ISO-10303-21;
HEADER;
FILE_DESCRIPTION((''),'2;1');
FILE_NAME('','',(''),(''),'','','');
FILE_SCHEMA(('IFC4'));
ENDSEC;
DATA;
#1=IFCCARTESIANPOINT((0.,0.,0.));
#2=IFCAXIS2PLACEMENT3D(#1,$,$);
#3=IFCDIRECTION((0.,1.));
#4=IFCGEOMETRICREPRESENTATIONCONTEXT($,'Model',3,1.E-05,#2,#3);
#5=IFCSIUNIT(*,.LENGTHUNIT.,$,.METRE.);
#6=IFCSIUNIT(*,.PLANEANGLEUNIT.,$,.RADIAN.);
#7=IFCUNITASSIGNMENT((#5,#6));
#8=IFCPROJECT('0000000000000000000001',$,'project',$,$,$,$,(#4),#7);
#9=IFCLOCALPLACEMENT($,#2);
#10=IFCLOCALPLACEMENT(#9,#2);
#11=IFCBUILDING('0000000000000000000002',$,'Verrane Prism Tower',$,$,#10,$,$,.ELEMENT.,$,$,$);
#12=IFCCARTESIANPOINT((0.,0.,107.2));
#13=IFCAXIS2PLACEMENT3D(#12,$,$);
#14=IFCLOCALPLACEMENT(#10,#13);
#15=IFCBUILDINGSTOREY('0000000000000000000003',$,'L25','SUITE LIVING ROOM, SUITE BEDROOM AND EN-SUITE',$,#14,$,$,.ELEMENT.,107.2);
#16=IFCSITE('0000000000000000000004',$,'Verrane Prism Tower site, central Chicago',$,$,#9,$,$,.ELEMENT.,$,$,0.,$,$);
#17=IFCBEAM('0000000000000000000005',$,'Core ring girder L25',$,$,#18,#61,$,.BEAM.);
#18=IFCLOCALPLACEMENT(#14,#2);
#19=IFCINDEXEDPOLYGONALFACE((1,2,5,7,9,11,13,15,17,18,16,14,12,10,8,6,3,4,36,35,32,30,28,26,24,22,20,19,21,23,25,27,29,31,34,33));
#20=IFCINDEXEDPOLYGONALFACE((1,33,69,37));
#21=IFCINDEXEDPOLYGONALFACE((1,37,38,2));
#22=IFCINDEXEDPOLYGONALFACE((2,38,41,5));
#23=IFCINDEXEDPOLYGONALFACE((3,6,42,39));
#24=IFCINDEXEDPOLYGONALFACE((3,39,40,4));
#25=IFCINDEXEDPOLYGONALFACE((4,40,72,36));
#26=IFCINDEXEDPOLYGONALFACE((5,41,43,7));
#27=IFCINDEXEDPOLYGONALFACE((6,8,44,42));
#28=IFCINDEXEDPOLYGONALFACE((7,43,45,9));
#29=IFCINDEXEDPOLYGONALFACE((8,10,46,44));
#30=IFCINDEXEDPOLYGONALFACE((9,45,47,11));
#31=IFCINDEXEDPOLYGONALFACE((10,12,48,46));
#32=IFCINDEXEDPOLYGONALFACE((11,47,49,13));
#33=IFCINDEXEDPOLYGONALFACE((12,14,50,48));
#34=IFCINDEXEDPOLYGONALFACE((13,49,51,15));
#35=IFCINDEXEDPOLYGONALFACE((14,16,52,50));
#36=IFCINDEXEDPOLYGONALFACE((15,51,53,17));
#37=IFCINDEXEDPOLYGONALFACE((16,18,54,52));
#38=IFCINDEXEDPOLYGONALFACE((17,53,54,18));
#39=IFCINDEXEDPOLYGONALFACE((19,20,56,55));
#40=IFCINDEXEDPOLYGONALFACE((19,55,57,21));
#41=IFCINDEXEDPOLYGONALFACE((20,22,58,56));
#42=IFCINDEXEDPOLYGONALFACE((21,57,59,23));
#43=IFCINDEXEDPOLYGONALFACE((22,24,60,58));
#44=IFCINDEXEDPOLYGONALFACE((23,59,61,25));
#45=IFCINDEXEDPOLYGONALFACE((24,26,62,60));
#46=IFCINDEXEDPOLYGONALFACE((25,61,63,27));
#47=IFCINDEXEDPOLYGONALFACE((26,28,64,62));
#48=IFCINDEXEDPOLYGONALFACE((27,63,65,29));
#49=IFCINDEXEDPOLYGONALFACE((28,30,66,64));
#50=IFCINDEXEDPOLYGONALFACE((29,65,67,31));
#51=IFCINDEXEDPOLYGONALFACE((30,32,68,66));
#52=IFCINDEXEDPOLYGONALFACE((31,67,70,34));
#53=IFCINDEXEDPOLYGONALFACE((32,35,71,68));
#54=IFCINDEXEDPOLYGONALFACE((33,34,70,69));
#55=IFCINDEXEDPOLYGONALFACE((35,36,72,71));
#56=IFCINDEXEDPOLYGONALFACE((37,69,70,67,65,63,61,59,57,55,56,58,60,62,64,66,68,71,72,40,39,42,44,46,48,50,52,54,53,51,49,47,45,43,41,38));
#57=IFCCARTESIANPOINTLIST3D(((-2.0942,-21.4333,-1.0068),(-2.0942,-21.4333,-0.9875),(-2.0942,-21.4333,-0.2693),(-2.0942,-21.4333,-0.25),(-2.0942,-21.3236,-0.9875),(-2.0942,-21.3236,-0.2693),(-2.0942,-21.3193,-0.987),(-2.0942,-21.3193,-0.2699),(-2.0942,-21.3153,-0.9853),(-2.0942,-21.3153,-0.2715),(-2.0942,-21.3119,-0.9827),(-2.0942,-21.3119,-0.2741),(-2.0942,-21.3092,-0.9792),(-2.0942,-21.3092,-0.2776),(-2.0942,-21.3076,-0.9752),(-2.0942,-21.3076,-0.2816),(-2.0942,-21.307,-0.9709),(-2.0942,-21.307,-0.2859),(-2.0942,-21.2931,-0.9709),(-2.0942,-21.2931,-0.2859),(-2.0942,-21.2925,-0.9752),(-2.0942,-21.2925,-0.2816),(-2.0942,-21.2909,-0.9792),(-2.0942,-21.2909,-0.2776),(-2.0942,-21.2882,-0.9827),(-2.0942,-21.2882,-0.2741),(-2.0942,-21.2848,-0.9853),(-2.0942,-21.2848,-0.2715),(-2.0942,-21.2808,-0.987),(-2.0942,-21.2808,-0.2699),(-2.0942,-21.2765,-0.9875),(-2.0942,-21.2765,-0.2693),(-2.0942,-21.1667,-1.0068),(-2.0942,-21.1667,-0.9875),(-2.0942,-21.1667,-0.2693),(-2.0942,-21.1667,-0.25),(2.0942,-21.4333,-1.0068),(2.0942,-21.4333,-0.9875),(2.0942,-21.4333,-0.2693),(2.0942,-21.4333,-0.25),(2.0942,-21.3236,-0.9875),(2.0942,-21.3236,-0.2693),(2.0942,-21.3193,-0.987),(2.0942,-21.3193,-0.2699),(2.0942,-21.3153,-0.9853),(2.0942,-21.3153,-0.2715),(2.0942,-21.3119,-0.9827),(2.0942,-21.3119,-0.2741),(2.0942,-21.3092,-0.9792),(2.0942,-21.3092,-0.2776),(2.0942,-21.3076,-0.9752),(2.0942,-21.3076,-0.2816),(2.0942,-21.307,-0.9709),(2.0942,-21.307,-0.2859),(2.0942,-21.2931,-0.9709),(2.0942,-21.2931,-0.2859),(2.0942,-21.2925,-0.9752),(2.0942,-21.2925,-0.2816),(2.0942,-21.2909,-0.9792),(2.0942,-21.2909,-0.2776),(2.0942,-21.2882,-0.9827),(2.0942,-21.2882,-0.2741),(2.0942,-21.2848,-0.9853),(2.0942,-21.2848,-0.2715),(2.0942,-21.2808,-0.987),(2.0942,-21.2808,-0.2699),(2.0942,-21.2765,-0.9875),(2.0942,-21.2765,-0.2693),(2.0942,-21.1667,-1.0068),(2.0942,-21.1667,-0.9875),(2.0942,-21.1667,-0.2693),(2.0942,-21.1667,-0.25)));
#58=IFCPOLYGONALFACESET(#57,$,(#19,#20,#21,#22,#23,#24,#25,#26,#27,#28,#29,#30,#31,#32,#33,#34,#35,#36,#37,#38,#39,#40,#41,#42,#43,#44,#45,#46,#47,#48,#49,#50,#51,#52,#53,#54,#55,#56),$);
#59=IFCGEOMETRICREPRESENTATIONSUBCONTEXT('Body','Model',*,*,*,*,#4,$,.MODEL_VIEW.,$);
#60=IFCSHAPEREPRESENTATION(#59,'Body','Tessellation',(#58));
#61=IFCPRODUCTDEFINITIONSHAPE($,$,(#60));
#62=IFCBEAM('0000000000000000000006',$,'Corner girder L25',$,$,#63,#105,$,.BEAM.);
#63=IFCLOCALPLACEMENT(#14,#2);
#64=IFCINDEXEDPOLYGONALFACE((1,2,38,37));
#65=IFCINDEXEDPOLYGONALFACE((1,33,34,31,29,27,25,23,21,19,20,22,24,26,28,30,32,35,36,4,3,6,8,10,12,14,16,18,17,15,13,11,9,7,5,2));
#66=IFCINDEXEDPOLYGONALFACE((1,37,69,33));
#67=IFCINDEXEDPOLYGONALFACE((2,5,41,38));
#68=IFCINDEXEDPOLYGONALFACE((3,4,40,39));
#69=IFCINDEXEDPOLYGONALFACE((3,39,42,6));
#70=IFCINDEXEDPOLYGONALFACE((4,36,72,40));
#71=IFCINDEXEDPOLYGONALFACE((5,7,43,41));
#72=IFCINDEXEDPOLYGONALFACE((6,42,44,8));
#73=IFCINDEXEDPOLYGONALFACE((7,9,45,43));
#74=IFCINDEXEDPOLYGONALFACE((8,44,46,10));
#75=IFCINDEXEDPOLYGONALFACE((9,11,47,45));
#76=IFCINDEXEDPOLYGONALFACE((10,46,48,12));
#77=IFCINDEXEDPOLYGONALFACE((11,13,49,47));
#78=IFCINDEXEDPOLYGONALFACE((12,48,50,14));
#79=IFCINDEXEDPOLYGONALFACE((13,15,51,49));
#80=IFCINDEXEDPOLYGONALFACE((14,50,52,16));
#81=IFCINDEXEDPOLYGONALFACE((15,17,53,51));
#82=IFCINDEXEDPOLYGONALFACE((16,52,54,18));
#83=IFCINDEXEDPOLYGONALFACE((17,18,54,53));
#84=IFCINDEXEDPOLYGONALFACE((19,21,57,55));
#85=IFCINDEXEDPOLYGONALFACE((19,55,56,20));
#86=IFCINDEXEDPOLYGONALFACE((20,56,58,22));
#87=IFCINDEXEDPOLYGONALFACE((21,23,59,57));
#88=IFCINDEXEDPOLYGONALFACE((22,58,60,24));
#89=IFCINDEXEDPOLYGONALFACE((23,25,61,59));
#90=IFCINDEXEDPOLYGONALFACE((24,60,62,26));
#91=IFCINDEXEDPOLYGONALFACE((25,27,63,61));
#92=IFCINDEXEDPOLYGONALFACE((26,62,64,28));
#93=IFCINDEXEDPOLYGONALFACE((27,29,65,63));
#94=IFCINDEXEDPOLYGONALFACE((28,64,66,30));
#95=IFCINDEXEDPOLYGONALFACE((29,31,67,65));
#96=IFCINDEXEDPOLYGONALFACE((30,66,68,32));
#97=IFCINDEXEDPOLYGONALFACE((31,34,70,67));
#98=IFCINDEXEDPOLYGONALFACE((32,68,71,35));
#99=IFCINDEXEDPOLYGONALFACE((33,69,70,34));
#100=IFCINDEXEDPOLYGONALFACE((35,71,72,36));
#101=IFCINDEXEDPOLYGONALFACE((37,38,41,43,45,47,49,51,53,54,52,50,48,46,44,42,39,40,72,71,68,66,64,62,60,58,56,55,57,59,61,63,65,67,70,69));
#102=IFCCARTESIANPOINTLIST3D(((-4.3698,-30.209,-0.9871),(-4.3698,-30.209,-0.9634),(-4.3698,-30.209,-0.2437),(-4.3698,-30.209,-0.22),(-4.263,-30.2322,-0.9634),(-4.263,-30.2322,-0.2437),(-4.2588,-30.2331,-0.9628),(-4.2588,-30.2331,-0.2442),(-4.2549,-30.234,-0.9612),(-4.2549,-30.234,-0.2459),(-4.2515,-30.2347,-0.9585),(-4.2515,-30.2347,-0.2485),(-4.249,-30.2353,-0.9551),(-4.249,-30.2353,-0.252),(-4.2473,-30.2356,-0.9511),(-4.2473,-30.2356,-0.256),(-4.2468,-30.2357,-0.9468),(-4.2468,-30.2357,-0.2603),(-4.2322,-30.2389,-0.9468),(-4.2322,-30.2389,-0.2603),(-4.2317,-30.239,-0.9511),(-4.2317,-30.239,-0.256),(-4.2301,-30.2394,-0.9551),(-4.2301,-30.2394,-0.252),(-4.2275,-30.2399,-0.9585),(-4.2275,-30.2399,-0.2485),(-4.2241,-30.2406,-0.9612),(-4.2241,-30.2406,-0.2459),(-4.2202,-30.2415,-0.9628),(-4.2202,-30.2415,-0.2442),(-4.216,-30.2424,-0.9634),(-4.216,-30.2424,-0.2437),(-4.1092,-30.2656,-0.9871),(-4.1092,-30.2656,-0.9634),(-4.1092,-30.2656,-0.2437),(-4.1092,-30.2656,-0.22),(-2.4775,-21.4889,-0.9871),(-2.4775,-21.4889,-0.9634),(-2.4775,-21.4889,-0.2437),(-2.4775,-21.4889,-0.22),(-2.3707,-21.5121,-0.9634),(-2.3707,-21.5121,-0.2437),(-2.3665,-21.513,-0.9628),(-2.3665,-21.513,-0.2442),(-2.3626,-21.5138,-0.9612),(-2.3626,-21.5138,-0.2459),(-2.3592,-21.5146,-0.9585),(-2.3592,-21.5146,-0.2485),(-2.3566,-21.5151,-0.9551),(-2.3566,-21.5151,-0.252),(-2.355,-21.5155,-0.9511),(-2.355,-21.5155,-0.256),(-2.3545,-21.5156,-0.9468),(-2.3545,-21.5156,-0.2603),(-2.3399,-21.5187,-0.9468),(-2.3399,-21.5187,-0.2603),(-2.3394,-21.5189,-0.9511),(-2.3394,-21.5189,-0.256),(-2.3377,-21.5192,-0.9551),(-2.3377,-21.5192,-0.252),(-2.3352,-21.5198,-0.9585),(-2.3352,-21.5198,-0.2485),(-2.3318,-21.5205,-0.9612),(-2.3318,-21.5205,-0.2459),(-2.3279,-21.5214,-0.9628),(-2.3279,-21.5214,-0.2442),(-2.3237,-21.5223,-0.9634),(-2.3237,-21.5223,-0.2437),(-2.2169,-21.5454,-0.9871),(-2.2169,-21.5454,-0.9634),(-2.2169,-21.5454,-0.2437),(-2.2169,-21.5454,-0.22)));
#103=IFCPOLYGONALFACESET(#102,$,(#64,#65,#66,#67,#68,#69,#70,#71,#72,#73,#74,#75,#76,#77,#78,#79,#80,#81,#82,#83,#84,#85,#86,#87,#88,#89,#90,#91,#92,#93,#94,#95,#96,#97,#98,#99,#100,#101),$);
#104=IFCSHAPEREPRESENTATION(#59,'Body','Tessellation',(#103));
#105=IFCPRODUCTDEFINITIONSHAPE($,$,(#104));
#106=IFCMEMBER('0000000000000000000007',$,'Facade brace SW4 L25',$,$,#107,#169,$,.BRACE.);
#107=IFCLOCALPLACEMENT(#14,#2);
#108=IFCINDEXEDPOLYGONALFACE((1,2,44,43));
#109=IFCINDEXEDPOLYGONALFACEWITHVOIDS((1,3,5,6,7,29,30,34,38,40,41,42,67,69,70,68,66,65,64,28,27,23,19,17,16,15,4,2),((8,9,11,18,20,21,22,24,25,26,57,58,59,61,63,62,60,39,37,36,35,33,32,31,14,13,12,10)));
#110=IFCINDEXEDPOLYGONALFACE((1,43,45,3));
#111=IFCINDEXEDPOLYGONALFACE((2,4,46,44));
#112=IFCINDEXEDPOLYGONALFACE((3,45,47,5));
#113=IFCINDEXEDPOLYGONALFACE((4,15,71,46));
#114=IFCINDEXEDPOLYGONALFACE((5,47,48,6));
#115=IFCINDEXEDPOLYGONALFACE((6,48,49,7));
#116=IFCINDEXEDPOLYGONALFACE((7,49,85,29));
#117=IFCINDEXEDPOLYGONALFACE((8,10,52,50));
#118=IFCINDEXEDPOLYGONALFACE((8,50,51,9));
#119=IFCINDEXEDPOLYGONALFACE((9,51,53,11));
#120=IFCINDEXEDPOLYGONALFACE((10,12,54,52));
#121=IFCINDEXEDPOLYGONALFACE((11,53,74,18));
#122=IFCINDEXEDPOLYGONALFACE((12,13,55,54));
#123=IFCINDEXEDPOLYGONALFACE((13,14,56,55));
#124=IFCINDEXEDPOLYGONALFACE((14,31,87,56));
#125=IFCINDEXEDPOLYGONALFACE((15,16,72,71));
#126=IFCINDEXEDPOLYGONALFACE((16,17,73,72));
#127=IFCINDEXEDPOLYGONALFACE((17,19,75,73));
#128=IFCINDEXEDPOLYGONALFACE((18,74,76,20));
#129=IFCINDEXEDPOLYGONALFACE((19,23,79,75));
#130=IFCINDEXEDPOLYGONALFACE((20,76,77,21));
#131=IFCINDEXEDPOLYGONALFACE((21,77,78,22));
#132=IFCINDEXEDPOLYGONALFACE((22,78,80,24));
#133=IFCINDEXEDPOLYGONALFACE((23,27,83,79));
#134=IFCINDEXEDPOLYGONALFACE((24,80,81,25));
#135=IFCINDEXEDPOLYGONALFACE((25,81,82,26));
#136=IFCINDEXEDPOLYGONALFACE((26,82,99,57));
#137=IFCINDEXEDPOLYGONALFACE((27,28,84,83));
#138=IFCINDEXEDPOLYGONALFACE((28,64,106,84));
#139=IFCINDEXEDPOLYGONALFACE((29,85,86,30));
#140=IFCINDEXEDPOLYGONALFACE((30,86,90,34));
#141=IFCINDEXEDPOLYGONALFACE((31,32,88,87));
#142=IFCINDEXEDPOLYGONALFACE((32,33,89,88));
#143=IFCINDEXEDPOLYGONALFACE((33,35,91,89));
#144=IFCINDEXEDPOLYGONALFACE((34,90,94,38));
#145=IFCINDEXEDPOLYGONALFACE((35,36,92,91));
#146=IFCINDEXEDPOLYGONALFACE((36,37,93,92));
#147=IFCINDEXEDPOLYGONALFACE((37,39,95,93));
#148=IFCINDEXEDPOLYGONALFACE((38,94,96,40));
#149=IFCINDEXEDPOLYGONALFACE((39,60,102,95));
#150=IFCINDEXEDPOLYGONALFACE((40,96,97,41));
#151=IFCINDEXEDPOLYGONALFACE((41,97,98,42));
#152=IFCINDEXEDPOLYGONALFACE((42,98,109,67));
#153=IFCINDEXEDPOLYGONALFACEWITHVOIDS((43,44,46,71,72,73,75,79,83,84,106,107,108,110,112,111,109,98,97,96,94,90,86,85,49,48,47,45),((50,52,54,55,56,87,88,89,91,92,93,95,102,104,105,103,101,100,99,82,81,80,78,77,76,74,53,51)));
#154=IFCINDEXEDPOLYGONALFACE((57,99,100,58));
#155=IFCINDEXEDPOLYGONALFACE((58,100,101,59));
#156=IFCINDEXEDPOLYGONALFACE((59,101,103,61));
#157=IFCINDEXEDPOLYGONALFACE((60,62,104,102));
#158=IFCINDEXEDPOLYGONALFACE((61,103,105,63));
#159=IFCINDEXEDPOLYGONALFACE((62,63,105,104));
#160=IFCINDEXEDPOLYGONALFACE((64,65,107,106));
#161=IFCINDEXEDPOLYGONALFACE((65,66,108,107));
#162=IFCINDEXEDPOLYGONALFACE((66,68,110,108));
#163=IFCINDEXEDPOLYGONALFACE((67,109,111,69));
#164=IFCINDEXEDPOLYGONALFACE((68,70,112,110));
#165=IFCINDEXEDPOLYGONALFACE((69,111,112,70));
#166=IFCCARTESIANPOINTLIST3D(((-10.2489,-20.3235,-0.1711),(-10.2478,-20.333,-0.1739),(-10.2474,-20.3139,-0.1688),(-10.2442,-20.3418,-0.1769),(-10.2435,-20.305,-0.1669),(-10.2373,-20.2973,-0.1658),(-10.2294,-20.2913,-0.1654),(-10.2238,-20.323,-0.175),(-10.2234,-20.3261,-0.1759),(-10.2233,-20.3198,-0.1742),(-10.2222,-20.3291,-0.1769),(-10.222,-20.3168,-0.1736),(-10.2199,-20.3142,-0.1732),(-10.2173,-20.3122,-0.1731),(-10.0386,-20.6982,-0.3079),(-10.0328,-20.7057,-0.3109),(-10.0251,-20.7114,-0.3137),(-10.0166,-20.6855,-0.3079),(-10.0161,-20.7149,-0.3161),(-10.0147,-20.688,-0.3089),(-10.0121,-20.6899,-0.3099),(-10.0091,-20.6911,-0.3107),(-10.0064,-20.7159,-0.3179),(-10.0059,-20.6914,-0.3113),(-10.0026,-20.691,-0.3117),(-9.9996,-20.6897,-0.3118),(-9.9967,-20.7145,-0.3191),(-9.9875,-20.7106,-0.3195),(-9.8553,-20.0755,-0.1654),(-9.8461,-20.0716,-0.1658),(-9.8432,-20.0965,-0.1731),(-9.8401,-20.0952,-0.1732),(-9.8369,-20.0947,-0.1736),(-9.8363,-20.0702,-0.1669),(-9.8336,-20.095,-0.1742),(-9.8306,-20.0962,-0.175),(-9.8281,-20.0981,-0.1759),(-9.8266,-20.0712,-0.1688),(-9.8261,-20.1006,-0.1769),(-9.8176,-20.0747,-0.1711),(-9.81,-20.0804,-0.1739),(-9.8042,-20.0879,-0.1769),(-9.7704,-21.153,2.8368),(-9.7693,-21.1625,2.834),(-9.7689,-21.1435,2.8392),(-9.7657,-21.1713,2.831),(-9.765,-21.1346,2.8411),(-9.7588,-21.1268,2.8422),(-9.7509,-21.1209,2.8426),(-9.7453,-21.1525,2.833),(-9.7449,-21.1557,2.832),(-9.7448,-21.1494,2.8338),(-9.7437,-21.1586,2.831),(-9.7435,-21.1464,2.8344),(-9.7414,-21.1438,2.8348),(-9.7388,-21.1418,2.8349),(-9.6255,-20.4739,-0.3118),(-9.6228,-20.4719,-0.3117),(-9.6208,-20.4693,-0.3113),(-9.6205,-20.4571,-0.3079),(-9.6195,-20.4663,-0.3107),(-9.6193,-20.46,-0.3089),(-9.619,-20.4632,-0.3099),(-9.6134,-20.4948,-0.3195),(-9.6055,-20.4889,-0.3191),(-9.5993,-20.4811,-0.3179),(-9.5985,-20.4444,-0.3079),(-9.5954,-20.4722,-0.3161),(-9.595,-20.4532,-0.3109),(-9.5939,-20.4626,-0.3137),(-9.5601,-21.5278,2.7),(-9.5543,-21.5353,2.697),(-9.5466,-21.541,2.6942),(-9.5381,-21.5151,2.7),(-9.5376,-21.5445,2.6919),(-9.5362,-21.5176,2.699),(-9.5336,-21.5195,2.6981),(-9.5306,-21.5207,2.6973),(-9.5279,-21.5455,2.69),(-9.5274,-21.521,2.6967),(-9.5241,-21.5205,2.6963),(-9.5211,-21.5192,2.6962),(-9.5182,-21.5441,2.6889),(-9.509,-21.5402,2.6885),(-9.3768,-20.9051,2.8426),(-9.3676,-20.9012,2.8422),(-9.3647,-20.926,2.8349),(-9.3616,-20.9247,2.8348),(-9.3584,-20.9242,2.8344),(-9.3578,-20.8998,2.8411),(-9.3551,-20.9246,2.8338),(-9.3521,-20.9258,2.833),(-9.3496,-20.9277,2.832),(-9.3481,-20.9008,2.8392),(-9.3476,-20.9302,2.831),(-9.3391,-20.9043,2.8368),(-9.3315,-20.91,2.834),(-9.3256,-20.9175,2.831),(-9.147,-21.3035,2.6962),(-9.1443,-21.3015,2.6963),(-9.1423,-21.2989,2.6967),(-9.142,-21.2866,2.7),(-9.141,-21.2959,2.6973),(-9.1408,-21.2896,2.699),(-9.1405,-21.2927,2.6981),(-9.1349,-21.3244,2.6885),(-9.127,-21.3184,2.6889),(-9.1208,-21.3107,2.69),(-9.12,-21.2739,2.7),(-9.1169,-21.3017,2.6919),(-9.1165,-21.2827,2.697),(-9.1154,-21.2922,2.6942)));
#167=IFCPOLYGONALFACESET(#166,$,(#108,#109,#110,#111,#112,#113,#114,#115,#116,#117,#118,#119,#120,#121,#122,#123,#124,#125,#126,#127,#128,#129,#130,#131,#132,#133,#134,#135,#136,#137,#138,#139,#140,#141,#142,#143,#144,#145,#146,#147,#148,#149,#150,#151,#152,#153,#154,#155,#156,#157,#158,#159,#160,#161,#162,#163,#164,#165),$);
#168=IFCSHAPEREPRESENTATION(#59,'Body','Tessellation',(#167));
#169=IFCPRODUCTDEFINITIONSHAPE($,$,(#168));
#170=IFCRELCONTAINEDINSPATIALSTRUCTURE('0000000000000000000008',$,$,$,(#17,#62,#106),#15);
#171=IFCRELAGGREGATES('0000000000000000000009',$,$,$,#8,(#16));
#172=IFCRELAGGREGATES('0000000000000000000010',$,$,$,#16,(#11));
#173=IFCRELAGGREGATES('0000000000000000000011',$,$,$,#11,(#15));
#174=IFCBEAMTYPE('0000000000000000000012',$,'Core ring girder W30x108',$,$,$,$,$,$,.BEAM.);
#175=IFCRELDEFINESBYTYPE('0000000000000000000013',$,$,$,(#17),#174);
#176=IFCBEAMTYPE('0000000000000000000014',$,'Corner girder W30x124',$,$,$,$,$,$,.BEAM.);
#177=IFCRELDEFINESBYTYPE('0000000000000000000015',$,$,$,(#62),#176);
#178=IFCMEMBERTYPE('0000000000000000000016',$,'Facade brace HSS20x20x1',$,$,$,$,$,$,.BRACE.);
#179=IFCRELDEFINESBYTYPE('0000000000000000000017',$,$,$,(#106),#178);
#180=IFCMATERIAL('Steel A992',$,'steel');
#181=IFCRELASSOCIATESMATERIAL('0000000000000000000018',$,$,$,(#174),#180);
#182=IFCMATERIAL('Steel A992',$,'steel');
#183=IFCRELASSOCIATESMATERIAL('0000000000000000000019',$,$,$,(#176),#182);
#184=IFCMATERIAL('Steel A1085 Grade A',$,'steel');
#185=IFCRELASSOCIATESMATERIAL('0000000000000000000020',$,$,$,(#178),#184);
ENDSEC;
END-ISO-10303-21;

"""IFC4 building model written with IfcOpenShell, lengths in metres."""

from ifc_helpers import new_model, si_unit, direction, frame, origin, origin_2d, place, context, subcontext, project, spatial, hollow_rectangle, i_section, extrude, material, material_profile, profile_set, type_object, element, save


model = new_model("IFC4")

# Units and contexts
model_context = context("Model", 3, precision=1e-05, world=origin(), true_north=direction((0.0, 1.0)))
body_context = subcontext(model_context, "Body", "Model", "MODEL_VIEW")
ifc_project = project(units=[si_unit("LENGTHUNIT", "METRE"), si_unit("PLANEANGLEUNIT", "RADIAN")], contexts=[model_context])

# Site, building, storey
site_placement = place(None, origin())
site = spatial("IfcSite", under=ifc_project, at=site_placement, Name="Verrane Prism Tower site, central Chicago", CompositionType="ELEMENT", RefElevation=0.0)
building_placement = place(site_placement, origin())
building = spatial("IfcBuilding", under=site, at=building_placement, Name="Verrane Prism Tower", CompositionType="ELEMENT")
storey_placement = place(building_placement, frame((0.0, 0.0, 107.2)))
storey = spatial("IfcBuildingStorey", under=building, at=storey_placement, Name="L25", Description="SUITE LIVING ROOM, SUITE BEDROOM AND EN-SUITE", CompositionType="ELEMENT", Elevation=107.2)

# Beams
ifc_material_1 = material(Name="Steel A992", Category="steel")
ifc_material_profile_1 = material_profile(ifc_material_1, i_section(OverallWidth=0.2666, OverallDepth=0.7568, WebThickness=0.0139, FlangeThickness=0.0193, FilletRadius=0.0166, at=origin_2d()), Name="W30x108")
ifc_profile_set_1 = profile_set([ifc_material_profile_1], Name="Steel A992")
beam_type_1 = type_object("IfcBeamType", Name="Core ring girder W30x108", PredefinedType="BEAM", material=ifc_profile_set_1)
beam_1_placement = place(storey_placement, frame((-2.0942, -21.3, -0.6284), z_axis=(1.0, 0.0, 0.0), x_axis=(0.0, 1.0, 0.0)))
element("IfcBeam", 1, at=beam_1_placement, inside=storey, type_object=beam_type_1, Name="Core ring girder L25", PredefinedType="BEAM", context=body_context, shape_type="SweptSolid", body=[
    extrude(i_section(OverallWidth=0.2666, OverallDepth=0.7568, WebThickness=0.0139, FlangeThickness=0.0193, FilletRadius=0.0166, at=origin_2d()), origin(), (0.0, 0.0, 1.0), 4.1885),
])
ifc_material_2 = material(Name="Steel A992", Category="steel")
ifc_material_profile_2 = material_profile(ifc_material_2, i_section(OverallWidth=0.2666, OverallDepth=0.7671, WebThickness=0.0149, FlangeThickness=0.0237, FilletRadius=0.0166, at=origin_2d()), Name="W30x124")
ifc_profile_set_2 = profile_set([ifc_material_profile_2], Name="Steel A992")
beam_type_2 = type_object("IfcBeamType", Name="Corner girder W30x124", PredefinedType="BEAM", material=ifc_profile_set_2)
beam_2_placement = place(storey_placement, frame((-4.2395, -30.2373, -0.6035), z_axis=(0.21207, 0.977255, 0.0), x_axis=(-0.977255, 0.21207, 0.0)))
element("IfcBeam", 2, at=beam_2_placement, inside=storey, type_object=beam_type_2, Name="Corner girder L25", PredefinedType="BEAM", context=body_context, shape_type="SweptSolid", body=[
    extrude(i_section(OverallWidth=0.2666, OverallDepth=0.7671, WebThickness=0.0149, FlangeThickness=0.0237, FilletRadius=0.0166, at=origin_2d()), origin(), (0.0, 0.0, 1.0), 8.9231),
])

# Member
ifc_material_3 = material(Name="Steel A1085 Grade A", Category="steel")
ifc_material_profile_3 = material_profile(ifc_material_3, hollow_rectangle(XDim=0.5081, YDim=0.5081, WallThickness=0.0254, InnerFilletRadius=0.0127, OuterFilletRadius=0.0381, at=origin_2d()), Name="HSS20x20x1")
ifc_profile_set_3 = profile_set([ifc_material_profile_3], Name="Steel A1085 Grade A")
member_type_1 = type_object("IfcMemberType", Name="Facade brace HSS20x20x1", PredefinedType="BRACE", material=ifc_profile_set_3)
for number, where, z_axis, x_axis, name in (
    (3, (-9.9214, -20.3931, -0.2424), (0.151581, -0.262792, 0.952871), (0.866228, 0.499649, 0.0), "Facade brace SW4 L25"),
):
    element("IfcMember", number, at=place(storey_placement, frame(where, z_axis=z_axis, x_axis=x_axis)), inside=storey, type_object=member_type_1, Name=name, PredefinedType="BRACE", context=body_context, shape_type="SweptSolid", body=[
        extrude(hollow_rectangle(XDim=0.5081, YDim=0.5081, WallThickness=0.0254, InnerFilletRadius=0.0127, OuterFilletRadius=0.0381, at=origin_2d()), origin(), (0.0, 0.0, 1.0), 3.1567),
    ])

save(model, "model.ifc")
